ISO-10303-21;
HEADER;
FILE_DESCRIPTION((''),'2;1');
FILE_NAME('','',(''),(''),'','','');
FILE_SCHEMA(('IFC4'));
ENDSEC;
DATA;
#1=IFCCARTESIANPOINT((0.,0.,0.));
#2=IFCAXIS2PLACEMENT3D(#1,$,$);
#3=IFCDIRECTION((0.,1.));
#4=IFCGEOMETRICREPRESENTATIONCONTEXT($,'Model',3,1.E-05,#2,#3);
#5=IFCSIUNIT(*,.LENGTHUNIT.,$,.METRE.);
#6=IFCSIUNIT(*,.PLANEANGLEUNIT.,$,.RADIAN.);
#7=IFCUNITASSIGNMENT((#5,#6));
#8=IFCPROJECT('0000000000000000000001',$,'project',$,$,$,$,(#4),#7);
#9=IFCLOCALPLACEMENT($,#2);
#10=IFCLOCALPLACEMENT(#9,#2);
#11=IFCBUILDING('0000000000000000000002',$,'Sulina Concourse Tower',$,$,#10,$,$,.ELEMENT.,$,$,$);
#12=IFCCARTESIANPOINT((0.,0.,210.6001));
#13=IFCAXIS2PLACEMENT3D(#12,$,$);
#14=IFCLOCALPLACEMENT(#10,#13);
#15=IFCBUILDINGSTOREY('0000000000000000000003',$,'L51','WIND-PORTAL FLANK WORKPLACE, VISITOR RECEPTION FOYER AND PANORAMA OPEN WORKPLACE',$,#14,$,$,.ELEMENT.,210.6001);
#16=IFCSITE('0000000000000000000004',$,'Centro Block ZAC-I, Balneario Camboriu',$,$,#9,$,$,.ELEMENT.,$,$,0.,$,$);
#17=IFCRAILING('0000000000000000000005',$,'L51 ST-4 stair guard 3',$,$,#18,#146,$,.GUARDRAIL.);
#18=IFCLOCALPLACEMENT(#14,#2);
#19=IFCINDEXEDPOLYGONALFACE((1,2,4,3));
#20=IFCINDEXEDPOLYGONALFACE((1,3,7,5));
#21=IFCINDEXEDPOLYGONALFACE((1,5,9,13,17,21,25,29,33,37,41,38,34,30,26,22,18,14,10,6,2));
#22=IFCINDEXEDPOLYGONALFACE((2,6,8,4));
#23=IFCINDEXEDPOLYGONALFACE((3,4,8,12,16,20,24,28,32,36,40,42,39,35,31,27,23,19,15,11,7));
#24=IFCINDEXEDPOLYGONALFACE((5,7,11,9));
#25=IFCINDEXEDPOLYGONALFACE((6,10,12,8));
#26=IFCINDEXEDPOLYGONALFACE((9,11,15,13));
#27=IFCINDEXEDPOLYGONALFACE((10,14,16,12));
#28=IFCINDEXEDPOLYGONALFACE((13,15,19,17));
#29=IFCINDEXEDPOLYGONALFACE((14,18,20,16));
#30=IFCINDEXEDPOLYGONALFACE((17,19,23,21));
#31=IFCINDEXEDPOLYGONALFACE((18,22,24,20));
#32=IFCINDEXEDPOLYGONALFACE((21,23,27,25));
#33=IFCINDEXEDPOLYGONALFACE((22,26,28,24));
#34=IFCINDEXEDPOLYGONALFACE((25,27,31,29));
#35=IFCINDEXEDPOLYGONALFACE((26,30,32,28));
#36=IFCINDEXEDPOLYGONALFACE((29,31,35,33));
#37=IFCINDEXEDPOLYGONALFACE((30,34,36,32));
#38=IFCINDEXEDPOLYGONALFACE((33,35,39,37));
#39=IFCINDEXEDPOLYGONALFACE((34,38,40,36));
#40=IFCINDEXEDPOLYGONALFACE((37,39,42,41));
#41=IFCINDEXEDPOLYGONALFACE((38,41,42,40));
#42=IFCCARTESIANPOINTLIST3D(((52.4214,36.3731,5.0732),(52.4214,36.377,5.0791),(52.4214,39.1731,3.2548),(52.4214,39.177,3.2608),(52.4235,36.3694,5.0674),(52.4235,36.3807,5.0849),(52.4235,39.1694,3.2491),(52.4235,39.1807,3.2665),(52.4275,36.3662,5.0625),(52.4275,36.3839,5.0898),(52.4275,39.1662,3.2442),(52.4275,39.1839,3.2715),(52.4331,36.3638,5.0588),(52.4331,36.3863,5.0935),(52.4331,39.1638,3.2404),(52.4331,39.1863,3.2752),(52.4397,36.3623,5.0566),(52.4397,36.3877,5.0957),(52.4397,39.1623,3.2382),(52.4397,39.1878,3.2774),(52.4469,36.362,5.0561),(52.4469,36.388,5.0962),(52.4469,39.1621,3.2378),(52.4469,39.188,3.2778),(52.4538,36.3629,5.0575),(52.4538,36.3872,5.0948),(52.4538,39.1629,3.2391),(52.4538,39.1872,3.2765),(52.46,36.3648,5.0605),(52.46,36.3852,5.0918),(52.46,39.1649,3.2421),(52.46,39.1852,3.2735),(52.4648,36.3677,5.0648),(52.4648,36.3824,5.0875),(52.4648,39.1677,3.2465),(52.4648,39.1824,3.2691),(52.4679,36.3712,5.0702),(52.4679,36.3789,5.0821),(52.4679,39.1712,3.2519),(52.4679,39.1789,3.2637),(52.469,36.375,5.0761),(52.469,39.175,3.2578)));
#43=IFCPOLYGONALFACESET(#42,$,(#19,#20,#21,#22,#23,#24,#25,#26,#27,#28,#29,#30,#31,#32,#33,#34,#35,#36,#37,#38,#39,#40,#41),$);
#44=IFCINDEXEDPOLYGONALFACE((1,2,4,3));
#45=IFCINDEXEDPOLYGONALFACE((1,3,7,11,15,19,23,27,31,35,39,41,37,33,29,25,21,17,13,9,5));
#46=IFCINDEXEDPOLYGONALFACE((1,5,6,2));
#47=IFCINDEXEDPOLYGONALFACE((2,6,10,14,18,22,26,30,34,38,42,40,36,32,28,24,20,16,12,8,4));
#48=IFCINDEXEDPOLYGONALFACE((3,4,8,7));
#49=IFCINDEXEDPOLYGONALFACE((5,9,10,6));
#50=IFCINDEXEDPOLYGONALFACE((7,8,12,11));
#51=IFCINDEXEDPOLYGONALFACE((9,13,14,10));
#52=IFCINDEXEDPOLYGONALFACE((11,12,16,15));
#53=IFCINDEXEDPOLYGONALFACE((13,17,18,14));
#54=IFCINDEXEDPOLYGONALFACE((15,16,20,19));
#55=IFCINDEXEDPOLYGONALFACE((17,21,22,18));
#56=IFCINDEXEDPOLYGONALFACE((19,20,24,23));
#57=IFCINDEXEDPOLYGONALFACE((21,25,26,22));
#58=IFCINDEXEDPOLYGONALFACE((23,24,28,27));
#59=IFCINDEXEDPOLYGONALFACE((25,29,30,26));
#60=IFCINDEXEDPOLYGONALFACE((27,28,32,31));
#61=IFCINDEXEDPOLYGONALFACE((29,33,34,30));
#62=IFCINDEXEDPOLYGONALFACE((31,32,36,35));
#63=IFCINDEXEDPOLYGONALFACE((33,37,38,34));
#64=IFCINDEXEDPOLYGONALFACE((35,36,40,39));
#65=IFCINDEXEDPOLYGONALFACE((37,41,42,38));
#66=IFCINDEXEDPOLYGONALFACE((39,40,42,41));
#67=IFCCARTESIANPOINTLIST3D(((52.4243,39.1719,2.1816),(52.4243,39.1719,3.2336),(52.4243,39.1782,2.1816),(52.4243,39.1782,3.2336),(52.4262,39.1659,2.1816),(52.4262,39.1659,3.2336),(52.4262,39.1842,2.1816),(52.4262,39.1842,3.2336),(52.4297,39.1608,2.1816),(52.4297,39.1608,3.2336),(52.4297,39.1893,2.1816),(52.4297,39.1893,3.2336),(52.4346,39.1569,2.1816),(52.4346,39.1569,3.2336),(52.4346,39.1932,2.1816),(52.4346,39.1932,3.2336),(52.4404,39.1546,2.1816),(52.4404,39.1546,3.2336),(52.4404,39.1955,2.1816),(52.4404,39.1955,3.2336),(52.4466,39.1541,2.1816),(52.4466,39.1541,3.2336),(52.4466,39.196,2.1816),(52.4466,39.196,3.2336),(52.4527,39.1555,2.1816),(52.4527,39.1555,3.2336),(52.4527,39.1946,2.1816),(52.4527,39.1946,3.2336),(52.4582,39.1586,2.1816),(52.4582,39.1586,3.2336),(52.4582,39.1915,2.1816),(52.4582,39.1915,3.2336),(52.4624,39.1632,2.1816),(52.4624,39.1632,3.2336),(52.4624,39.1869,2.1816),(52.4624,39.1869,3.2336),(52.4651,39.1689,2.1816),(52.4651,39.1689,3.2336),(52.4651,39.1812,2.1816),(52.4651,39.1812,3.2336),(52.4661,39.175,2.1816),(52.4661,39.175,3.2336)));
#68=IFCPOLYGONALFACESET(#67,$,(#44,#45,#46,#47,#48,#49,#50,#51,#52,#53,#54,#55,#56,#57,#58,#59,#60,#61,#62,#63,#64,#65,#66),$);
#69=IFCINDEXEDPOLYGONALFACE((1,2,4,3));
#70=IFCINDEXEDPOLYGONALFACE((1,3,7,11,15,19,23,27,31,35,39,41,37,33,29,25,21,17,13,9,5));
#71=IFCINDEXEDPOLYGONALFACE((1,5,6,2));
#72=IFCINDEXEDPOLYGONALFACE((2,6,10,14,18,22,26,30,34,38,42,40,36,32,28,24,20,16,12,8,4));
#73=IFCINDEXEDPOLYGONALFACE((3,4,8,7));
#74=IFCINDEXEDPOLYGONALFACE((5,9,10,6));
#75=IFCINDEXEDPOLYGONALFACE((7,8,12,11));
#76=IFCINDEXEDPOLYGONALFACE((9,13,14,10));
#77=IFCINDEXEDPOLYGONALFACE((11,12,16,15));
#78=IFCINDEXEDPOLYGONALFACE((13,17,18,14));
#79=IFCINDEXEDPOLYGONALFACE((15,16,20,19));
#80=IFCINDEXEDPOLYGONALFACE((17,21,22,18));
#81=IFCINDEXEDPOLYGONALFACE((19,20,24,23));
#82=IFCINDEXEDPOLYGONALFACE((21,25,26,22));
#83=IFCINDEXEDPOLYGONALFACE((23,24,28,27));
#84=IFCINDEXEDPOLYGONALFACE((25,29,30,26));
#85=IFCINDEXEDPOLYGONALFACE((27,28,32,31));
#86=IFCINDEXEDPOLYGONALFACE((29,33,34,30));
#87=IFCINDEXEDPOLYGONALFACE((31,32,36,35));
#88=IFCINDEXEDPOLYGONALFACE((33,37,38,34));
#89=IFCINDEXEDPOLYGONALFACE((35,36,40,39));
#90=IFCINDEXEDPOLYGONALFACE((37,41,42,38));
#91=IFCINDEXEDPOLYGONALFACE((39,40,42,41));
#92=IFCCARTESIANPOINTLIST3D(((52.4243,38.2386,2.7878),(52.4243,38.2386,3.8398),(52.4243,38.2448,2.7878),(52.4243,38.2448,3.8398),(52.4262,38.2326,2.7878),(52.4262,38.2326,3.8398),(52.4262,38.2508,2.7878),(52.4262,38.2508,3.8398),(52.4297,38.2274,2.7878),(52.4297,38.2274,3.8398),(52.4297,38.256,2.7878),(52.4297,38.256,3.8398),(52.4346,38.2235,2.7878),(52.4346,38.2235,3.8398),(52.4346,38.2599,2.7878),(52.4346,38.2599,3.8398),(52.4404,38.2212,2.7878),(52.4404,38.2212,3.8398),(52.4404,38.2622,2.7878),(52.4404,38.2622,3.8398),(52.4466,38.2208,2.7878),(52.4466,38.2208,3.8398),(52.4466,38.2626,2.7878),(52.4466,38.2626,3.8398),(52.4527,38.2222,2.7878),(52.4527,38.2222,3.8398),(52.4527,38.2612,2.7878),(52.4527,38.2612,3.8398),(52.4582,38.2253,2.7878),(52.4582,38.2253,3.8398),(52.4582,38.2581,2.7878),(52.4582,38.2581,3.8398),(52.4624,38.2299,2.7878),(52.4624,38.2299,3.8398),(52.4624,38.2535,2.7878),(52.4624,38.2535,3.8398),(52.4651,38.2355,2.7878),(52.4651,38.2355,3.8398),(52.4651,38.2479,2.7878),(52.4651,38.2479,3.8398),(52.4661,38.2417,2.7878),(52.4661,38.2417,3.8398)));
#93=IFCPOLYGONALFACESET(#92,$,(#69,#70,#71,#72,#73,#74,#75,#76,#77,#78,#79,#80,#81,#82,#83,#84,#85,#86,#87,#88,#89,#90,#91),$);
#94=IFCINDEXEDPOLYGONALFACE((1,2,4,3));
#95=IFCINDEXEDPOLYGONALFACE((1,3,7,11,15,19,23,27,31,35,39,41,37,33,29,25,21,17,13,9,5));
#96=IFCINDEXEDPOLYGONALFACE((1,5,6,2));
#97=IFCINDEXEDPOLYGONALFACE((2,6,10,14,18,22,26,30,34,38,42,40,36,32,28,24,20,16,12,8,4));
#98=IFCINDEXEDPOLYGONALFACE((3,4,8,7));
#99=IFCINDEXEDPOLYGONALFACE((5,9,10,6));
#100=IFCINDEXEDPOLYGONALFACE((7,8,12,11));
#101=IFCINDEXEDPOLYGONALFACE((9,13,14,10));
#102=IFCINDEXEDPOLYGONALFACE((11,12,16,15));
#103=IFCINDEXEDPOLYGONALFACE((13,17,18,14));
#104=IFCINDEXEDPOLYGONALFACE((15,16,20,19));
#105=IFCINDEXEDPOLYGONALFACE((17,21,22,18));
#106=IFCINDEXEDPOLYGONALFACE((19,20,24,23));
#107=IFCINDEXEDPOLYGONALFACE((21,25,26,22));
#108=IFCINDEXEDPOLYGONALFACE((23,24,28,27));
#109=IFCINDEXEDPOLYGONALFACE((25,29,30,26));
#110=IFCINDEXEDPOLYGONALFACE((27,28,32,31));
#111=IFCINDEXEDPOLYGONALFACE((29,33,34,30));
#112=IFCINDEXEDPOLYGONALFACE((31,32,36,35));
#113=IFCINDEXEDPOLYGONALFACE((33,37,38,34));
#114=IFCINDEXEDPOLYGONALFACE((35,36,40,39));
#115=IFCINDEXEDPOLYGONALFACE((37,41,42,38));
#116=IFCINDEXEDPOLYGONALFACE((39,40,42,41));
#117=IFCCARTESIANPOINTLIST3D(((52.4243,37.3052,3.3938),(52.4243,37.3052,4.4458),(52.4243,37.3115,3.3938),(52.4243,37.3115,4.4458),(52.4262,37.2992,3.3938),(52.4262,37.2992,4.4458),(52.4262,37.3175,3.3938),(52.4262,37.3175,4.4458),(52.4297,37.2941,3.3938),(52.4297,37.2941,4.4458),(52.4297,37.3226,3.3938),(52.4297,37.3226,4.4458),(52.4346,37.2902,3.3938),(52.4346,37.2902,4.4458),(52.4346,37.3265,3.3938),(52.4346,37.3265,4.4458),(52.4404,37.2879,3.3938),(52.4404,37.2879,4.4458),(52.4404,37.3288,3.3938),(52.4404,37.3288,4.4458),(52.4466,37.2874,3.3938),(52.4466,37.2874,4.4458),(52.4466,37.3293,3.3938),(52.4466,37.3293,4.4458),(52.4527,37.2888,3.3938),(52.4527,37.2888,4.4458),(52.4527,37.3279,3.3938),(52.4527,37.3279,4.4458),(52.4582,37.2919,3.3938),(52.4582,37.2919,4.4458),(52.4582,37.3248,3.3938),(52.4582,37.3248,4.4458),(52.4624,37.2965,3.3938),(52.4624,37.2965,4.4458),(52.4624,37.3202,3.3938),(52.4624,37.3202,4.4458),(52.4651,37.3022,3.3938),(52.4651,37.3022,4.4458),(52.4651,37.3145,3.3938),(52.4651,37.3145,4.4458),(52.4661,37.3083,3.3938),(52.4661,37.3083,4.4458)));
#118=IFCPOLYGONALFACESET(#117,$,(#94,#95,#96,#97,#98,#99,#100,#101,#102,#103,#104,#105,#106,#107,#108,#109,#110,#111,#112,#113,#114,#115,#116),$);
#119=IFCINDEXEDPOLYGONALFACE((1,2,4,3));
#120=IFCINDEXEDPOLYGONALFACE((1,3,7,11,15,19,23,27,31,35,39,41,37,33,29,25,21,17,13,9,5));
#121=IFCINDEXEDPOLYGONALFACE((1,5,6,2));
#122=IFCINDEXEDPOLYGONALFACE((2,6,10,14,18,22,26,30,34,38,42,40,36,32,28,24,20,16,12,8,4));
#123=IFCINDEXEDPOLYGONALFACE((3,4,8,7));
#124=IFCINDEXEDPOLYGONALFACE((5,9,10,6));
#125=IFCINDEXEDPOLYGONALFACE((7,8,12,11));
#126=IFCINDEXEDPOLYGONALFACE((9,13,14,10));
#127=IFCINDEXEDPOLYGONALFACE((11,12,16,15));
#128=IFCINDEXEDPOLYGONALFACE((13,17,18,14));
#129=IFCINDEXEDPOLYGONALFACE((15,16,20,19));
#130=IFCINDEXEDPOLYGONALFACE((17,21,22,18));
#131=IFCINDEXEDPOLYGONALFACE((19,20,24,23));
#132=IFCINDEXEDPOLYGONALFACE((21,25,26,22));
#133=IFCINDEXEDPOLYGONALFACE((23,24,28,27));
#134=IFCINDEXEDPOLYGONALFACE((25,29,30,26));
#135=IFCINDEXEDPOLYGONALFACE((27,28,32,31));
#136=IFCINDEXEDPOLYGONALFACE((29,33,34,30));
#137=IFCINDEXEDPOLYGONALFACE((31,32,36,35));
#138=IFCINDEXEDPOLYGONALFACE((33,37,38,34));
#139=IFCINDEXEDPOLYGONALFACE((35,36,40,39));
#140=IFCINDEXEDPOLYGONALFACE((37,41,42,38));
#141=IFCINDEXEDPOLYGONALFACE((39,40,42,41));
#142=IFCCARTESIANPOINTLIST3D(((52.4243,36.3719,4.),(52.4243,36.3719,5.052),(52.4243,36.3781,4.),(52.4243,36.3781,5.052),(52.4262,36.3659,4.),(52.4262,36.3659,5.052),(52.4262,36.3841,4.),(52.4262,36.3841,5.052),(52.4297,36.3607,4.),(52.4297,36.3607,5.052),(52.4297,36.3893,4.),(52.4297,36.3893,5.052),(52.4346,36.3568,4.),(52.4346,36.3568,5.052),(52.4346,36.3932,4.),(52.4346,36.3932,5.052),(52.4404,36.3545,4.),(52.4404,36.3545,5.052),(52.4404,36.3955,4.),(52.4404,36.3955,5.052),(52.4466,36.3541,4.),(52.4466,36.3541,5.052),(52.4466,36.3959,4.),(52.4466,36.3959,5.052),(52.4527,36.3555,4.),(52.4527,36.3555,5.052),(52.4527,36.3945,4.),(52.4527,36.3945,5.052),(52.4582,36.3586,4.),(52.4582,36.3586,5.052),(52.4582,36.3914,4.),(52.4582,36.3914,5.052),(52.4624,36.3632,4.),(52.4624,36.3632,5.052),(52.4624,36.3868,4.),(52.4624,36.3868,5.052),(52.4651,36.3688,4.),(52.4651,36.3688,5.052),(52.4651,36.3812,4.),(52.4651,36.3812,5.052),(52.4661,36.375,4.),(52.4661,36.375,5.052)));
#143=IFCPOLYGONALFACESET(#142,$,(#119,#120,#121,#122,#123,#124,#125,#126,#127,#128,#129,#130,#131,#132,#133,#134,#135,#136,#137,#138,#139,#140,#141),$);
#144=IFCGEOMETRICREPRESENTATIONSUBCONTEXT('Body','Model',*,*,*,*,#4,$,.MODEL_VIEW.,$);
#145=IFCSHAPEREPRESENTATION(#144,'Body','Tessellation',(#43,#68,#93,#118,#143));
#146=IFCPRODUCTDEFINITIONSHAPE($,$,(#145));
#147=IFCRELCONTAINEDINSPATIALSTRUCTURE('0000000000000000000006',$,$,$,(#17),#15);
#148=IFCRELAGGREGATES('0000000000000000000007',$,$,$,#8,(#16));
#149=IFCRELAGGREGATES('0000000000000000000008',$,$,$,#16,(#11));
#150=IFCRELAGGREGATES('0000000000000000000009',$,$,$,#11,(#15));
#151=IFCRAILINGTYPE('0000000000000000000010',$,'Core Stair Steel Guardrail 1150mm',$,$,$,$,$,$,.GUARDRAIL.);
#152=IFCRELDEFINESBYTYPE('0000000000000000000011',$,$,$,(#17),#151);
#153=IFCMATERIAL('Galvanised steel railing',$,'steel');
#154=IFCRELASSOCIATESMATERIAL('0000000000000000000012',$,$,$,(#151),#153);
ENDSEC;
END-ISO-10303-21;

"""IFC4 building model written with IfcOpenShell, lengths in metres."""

from ifc_helpers import new_model, si_unit, direction, frame, origin, origin_2d, place, context, subcontext, project, spatial, circle, extrude, material, type_object, element, save


model = new_model("IFC4")

# Units and contexts
model_context = context("Model", 3, precision=1e-05, world=origin(), true_north=direction((0.0, 1.0)))
body_context = subcontext(model_context, "Body", "Model", "MODEL_VIEW")
ifc_project = project(units=[si_unit("LENGTHUNIT", "METRE"), si_unit("PLANEANGLEUNIT", "RADIAN")], contexts=[model_context])

# Site, building, storey
site_placement = place(None, origin())
site = spatial("IfcSite", under=ifc_project, at=site_placement, Name="Centro Block ZAC-I, Balneario Camboriu", CompositionType="ELEMENT", RefElevation=0.0)
building_placement = place(site_placement, origin())
building = spatial("IfcBuilding", under=site, at=building_placement, Name="Sulina Concourse Tower", CompositionType="ELEMENT")
storey_placement = place(building_placement, frame((0.0, 0.0, 210.6001)))
storey = spatial("IfcBuildingStorey", under=building, at=storey_placement, Name="L51", Description="WIND-PORTAL FLANK WORKPLACE, VISITOR RECEPTION FOYER AND PANORAMA OPEN WORKPLACE", CompositionType="ELEMENT", Elevation=210.6001)

# Railing
ifc_material_1 = material(Name="Galvanised steel railing", Category="steel")
railing_type_1 = type_object("IfcRailingType", Name="Core Stair Steel Guardrail 1150mm", PredefinedType="GUARDRAIL", material=ifc_material_1)
railing_1_placement = place(storey_placement, frame((52.4451, 39.175, 2.1816)))
element("IfcRailing", 1, at=railing_1_placement, inside=storey, type_object=railing_type_1, Name="L51 ST-4 stair guard 3", PredefinedType="GUARDRAIL", context=body_context, shape_type="SweptSolid", body=[
    extrude(circle(Radius=0.0239, at=origin_2d()), frame((0.0, 0.0, 1.0762), z_axis=(0.0, -0.838672, 0.544636), x_axis=(1.0, 0.0, 0.0)), (0.0, 0.0, 1.0), 3.3386),
    extrude(circle(Radius=0.021, at=origin_2d()), origin(), (0.0, 0.0, 1.0), 1.052),
    extrude(circle(Radius=0.021, at=origin_2d()), frame((0.0, -0.9333, 0.6062)), (0.0, 0.0, 1.0), 1.052),
    extrude(circle(Radius=0.021, at=origin_2d()), frame((0.0, -1.8667, 1.2122)), (0.0, 0.0, 1.0), 1.052),
    extrude(circle(Radius=0.021, at=origin_2d()), frame((0.0, -2.8, 1.8184)), (0.0, 0.0, 1.0), 1.052),
])

save(model, "model.ifc")
